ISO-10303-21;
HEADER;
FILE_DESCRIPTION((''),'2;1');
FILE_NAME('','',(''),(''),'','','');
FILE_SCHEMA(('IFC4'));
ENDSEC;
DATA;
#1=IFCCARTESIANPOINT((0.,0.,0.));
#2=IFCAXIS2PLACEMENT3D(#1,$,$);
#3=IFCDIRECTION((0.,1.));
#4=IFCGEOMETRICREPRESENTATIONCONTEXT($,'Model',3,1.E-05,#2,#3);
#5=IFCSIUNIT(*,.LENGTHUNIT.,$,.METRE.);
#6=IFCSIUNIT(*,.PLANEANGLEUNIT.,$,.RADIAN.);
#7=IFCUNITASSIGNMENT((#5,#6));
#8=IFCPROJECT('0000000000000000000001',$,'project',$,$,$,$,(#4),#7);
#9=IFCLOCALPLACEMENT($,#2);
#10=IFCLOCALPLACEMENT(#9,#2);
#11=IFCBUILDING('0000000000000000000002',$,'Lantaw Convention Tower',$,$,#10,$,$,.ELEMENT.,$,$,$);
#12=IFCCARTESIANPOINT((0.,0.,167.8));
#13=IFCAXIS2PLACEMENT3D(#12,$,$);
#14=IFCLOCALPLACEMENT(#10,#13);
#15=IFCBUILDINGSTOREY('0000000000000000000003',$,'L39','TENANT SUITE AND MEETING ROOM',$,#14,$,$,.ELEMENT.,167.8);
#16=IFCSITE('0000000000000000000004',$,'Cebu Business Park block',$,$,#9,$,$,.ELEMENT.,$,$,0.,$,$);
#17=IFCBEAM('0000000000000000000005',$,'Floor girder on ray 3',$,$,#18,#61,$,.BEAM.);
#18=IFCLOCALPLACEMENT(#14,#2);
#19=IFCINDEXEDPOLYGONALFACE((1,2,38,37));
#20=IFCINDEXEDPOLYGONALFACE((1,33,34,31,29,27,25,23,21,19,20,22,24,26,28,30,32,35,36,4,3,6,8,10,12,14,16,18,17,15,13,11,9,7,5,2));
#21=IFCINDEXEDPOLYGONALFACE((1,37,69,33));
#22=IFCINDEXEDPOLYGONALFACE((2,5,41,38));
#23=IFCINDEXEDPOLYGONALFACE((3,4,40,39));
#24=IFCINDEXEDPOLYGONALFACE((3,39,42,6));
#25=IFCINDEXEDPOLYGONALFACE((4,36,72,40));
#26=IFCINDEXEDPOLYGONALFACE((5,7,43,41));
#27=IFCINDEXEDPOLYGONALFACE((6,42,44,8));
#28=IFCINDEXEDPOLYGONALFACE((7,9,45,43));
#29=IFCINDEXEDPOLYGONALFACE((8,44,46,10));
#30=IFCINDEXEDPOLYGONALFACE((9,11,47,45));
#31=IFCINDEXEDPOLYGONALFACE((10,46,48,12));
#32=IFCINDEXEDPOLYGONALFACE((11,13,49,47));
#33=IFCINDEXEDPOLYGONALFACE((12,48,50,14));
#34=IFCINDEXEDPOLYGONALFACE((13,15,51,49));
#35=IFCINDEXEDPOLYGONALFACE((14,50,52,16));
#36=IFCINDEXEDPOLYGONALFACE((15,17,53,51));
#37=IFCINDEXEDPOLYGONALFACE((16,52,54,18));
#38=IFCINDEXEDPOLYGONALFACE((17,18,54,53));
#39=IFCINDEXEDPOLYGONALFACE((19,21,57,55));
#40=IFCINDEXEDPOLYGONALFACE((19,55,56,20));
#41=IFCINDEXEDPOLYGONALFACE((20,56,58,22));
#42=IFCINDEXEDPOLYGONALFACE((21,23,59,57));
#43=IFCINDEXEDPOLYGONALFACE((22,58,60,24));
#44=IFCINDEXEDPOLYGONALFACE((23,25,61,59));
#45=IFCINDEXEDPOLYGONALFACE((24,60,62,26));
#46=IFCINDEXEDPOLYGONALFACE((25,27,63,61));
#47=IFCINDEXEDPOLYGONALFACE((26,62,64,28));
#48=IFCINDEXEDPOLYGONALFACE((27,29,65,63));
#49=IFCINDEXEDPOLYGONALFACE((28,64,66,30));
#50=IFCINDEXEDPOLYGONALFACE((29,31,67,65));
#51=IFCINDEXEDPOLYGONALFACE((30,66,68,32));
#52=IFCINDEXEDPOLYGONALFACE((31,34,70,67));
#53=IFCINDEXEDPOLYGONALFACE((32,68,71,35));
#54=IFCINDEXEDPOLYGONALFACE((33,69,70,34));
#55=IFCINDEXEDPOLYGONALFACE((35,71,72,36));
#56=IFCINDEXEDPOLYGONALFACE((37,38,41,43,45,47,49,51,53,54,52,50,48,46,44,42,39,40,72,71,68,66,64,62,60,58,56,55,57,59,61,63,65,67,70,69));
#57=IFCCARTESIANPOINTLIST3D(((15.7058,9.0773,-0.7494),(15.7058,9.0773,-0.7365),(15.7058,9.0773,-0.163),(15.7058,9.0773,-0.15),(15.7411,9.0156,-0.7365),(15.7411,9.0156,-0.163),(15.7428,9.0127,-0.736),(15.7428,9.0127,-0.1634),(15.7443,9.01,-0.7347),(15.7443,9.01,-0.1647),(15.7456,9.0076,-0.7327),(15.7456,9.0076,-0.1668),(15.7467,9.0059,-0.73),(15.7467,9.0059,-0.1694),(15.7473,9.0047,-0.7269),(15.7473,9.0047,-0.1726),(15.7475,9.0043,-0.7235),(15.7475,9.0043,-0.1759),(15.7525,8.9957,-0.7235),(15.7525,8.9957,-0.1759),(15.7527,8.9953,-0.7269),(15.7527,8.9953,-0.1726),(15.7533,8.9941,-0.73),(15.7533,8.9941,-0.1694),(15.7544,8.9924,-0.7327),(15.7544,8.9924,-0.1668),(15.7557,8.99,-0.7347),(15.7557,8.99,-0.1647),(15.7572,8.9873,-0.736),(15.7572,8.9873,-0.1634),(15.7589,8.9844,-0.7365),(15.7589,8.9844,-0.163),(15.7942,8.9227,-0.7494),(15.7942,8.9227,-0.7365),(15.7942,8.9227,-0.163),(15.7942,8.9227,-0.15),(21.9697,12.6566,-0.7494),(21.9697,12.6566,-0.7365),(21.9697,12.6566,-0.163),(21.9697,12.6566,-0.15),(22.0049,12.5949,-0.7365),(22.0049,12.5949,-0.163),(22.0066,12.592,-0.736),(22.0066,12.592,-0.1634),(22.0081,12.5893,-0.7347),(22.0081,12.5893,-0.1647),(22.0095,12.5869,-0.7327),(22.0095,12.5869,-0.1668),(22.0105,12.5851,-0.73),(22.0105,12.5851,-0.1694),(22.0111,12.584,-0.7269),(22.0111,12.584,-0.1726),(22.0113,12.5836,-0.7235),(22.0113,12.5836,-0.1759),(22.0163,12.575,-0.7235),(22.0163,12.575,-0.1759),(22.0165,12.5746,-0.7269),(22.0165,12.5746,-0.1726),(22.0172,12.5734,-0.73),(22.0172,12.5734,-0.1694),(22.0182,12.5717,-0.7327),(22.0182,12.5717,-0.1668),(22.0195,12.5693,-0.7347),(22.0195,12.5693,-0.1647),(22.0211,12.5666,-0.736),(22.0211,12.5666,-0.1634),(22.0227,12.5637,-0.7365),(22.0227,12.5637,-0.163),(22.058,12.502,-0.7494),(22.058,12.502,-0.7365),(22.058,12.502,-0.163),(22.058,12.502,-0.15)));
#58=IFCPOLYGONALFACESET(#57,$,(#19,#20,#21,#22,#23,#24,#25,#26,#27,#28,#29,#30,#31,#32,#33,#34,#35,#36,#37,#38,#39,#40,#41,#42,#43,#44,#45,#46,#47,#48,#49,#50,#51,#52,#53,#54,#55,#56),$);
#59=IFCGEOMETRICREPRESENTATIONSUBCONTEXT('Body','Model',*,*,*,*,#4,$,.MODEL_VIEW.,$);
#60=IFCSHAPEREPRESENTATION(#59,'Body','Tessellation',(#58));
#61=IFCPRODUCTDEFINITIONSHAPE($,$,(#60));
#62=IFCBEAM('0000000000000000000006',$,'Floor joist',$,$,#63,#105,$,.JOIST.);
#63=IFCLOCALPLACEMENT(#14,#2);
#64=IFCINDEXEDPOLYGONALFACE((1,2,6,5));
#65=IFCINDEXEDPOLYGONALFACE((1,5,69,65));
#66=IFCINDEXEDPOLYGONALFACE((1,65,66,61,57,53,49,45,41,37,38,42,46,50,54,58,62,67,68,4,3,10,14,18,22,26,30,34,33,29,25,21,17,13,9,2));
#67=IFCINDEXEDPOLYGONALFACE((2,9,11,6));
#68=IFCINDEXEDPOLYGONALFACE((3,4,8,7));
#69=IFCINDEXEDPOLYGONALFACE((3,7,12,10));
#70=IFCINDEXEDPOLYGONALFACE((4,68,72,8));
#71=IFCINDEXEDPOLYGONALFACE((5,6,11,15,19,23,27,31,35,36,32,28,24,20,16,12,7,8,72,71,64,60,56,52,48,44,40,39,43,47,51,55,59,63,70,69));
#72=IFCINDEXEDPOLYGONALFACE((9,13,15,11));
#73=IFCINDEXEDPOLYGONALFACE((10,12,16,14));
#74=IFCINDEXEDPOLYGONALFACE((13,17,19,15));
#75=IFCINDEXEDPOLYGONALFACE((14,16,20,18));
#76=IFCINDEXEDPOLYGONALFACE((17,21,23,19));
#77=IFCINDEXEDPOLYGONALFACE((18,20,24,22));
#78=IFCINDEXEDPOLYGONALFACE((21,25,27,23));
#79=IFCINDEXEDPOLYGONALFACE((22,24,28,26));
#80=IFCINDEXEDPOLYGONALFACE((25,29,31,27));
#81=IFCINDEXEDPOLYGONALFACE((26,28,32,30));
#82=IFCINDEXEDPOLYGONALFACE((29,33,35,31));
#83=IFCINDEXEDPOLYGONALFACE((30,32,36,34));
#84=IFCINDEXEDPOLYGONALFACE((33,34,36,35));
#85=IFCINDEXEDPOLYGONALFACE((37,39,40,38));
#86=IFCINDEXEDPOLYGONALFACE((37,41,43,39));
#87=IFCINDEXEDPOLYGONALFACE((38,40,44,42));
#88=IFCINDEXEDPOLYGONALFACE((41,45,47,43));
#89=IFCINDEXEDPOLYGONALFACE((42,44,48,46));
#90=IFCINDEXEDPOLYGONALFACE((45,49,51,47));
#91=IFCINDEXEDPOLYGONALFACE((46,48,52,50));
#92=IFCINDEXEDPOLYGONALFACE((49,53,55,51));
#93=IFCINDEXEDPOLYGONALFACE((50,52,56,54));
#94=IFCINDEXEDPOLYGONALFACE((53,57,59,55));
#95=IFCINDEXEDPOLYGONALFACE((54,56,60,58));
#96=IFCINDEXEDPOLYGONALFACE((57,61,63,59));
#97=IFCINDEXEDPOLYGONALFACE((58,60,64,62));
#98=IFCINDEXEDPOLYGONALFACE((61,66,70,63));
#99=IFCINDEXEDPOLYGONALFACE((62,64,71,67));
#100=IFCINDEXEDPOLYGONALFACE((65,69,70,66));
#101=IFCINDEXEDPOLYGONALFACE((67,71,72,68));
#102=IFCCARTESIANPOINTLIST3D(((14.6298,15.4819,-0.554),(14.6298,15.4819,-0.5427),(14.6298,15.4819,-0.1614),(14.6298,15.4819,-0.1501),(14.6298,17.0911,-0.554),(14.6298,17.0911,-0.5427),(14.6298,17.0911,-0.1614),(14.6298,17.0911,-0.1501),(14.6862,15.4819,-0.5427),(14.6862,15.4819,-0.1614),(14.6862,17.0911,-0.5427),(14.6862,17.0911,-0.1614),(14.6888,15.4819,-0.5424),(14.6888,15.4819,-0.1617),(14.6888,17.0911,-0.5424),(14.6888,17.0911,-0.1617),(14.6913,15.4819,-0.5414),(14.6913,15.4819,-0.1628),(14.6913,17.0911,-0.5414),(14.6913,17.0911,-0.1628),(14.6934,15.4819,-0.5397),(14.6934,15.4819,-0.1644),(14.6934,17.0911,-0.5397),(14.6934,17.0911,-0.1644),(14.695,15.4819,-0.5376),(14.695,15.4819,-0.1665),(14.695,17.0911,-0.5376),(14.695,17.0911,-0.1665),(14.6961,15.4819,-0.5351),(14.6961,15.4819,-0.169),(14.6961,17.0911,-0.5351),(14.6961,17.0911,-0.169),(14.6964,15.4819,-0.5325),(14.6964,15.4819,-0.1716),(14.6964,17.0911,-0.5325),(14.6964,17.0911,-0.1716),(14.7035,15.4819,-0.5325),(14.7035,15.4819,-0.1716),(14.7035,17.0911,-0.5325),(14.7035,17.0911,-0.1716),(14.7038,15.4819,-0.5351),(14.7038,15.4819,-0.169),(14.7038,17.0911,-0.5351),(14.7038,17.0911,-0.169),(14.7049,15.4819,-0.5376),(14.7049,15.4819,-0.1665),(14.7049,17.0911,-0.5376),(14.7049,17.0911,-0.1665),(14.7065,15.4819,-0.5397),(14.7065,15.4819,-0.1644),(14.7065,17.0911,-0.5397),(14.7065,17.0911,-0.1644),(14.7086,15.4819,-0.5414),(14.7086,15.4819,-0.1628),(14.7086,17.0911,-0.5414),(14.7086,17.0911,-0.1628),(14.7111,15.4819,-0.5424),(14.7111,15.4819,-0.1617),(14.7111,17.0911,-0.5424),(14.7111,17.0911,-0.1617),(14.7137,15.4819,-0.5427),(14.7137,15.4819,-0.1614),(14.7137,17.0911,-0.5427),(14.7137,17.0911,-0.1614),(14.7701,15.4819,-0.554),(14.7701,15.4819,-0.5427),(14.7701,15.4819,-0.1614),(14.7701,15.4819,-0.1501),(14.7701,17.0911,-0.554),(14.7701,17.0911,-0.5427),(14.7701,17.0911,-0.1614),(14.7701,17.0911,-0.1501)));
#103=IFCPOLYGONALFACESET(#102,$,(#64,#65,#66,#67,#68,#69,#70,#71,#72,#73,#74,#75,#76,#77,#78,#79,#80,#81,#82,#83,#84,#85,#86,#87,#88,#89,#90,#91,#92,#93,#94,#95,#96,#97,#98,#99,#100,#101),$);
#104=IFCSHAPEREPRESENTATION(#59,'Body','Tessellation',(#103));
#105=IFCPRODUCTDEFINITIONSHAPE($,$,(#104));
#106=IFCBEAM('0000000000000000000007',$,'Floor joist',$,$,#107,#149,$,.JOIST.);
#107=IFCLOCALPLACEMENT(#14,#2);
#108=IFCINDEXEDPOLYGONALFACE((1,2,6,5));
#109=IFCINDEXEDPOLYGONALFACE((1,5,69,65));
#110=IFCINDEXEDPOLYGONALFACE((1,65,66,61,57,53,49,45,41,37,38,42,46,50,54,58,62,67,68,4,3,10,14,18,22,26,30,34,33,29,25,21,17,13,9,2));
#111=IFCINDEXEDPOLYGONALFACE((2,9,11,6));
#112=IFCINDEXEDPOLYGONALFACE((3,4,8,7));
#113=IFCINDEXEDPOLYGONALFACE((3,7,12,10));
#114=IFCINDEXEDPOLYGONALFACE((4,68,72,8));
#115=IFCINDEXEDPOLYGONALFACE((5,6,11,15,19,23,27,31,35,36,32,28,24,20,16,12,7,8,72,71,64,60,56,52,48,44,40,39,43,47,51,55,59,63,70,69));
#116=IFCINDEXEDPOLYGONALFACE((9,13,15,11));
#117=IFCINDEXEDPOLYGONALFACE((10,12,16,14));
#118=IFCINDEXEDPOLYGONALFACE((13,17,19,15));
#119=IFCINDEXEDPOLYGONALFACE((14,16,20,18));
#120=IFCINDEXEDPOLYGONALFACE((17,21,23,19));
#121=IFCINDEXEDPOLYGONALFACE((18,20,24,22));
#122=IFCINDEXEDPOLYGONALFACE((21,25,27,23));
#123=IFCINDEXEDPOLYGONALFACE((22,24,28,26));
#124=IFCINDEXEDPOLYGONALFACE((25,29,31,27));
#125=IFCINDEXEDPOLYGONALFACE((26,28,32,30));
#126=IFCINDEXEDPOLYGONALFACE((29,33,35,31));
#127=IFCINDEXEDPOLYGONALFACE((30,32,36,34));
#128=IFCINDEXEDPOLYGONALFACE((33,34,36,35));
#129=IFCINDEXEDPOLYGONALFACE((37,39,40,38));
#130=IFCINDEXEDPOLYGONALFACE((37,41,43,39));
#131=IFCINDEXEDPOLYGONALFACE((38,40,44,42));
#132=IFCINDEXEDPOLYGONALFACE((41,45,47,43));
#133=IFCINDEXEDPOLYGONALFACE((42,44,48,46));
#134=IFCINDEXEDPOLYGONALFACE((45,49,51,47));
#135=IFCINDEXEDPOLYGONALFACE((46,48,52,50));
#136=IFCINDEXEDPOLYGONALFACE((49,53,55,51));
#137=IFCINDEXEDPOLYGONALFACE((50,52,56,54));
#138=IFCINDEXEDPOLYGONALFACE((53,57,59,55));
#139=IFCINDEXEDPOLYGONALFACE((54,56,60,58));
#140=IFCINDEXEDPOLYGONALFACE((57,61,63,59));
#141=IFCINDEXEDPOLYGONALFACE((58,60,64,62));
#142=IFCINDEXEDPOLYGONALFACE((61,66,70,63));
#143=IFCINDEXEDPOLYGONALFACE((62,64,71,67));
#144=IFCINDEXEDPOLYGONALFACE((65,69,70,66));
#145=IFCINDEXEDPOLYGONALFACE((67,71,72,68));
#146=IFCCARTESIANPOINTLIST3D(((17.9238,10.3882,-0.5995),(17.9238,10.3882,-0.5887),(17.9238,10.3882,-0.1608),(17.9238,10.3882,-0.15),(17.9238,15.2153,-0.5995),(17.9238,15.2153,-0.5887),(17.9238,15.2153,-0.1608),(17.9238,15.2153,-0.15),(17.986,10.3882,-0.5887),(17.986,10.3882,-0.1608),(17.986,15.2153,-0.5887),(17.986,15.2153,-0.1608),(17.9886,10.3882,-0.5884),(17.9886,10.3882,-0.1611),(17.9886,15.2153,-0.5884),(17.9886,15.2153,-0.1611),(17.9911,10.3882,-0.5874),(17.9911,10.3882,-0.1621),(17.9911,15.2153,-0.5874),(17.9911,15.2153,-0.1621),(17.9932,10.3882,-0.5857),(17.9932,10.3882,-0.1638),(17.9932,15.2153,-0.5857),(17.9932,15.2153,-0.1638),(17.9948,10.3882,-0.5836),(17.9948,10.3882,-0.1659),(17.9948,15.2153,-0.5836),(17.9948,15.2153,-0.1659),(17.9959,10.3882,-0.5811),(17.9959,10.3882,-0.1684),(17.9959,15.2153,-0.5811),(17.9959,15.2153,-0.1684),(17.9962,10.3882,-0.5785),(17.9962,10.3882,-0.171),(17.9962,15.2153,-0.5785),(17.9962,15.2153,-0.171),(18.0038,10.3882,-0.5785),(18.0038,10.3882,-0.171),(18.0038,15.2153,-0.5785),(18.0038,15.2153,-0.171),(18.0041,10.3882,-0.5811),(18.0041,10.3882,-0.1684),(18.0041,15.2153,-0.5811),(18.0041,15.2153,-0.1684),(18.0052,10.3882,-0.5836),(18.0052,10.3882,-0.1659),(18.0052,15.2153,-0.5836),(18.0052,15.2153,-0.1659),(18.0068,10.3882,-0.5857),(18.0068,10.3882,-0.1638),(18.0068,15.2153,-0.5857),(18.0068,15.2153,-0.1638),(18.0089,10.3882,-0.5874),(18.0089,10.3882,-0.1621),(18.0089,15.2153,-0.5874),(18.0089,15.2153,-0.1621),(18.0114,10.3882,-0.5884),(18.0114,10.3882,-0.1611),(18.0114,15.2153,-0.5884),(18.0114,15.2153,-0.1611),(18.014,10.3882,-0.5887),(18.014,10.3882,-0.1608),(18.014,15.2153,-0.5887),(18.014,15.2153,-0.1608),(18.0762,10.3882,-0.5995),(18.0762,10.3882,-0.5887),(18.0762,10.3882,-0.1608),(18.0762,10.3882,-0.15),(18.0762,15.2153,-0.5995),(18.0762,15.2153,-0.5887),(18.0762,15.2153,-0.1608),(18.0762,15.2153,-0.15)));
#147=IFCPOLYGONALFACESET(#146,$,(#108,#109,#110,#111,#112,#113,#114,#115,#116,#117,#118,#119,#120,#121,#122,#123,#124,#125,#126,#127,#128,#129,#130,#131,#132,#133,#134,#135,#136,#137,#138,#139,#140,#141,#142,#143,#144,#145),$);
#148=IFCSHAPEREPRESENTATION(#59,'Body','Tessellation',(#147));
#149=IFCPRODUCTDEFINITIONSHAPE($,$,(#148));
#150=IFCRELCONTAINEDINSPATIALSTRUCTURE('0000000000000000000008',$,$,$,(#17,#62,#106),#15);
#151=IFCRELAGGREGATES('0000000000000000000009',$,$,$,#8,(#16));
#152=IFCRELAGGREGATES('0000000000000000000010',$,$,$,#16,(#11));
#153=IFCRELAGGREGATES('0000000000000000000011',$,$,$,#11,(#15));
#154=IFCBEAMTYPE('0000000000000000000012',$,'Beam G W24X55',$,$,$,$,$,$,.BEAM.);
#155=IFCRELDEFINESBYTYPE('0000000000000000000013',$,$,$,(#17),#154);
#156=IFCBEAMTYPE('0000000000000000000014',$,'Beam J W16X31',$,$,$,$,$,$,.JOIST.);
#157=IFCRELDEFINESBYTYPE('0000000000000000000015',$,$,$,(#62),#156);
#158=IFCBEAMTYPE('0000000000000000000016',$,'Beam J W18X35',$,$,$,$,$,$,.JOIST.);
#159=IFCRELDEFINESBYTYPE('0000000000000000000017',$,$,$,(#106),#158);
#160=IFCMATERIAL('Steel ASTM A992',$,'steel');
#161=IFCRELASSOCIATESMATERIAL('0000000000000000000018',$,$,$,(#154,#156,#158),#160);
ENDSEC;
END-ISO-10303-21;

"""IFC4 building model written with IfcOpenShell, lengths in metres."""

from ifc_helpers import new_model, si_unit, direction, frame, origin, origin_2d, place, context, subcontext, project, spatial, i_section, extrude, material, material_profile, profile_set, type_object, element, save


model = new_model("IFC4")

# Units and contexts
model_context = context("Model", 3, precision=1e-05, world=origin(), true_north=direction((0.0, 1.0)))
body_context = subcontext(model_context, "Body", "Model", "MODEL_VIEW")
ifc_project = project(units=[si_unit("LENGTHUNIT", "METRE"), si_unit("PLANEANGLEUNIT", "RADIAN")], contexts=[model_context])

# Site, building, storey
site_placement = place(None, origin())
site = spatial("IfcSite", under=ifc_project, at=site_placement, Name="Cebu Business Park block", CompositionType="ELEMENT", RefElevation=0.0)
building_placement = place(site_placement, origin())
building = spatial("IfcBuilding", under=site, at=building_placement, Name="Lantaw Convention Tower", CompositionType="ELEMENT")
storey_placement = place(building_placement, frame((0.0, 0.0, 167.8)))
storey = spatial("IfcBuildingStorey", under=building, at=storey_placement, Name="L39", Description="TENANT SUITE AND MEETING ROOM", CompositionType="ELEMENT", Elevation=167.8)

# Beams
ifc_material_1 = material(Name="Steel ASTM A992", Category="steel")
ifc_material_profile_1 = material_profile(ifc_material_1, i_section(OverallWidth=0.178, OverallDepth=0.5994, WebThickness=0.01, FlangeThickness=0.0129, FilletRadius=0.0129, at=origin_2d()), Name="W24X55")
ifc_profile_set_1 = profile_set([ifc_material_profile_1], Name="Steel ASTM A992")
beam_type_1 = type_object("IfcBeamType", Name="Beam G W24X55", PredefinedType="BEAM", material=ifc_profile_set_1)
beam_1_placement = place(storey_placement, frame((15.75, 9.0, -0.4497), z_axis=(0.868245, 0.496135, 0.0), x_axis=(-0.496135, 0.868245, 0.0)))
element("IfcBeam", 1, at=beam_1_placement, inside=storey, type_object=beam_type_1, Name="Floor girder on ray 3", PredefinedType="BEAM", context=body_context, shape_type="SweptSolid", body=[
    extrude(i_section(OverallWidth=0.178, OverallDepth=0.5994, WebThickness=0.01, FlangeThickness=0.0129, FilletRadius=0.0129, at=origin_2d()), origin(), (0.0, 0.0, 1.0), 7.2144),
])
ifc_material_profile_2 = material_profile(ifc_material_1, i_section(OverallWidth=0.1404, OverallDepth=0.4038, WebThickness=0.0071, FlangeThickness=0.0112, FilletRadius=0.0103, at=origin_2d()), Name="W16X31")
ifc_profile_set_2 = profile_set([ifc_material_profile_2], Name="Steel ASTM A992")
beam_type_2 = type_object("IfcBeamType", Name="Beam J W16X31", PredefinedType="JOIST", material=ifc_profile_set_2)
beam_2_placement = place(storey_placement, frame((14.7, 15.4819, -0.3521), z_axis=(0.0, 1.0, 0.0), x_axis=(-1.0, 0.0, 0.0)))
element("IfcBeam", 2, at=beam_2_placement, inside=storey, type_object=beam_type_2, Name="Floor joist", PredefinedType="JOIST", context=body_context, shape_type="SweptSolid", body=[
    extrude(i_section(OverallWidth=0.1404, OverallDepth=0.4038, WebThickness=0.0071, FlangeThickness=0.0112, FilletRadius=0.0103, at=origin_2d()), origin(), (0.0, 0.0, 1.0), 1.6091),
])
ifc_material_profile_3 = material_profile(ifc_material_1, i_section(OverallWidth=0.1523, OverallDepth=0.4495, WebThickness=0.0076, FlangeThickness=0.0107, FilletRadius=0.0103, at=origin_2d()), Name="W18X35")
ifc_profile_set_3 = profile_set([ifc_material_profile_3], Name="Steel ASTM A992")
beam_type_3 = type_object("IfcBeamType", Name="Beam J W18X35", PredefinedType="JOIST", material=ifc_profile_set_3)
beam_3_placement = place(storey_placement, frame((18.0, 10.3882, -0.3748), z_axis=(0.0, 1.0, 0.0), x_axis=(-1.0, 0.0, 0.0)))
element("IfcBeam", 3, at=beam_3_placement, inside=storey, type_object=beam_type_3, Name="Floor joist", PredefinedType="JOIST", context=body_context, shape_type="SweptSolid", body=[
    extrude(i_section(OverallWidth=0.1523, OverallDepth=0.4495, WebThickness=0.0076, FlangeThickness=0.0107, FilletRadius=0.0103, at=origin_2d()), origin(), (0.0, 0.0, 1.0), 4.8271),
])

save(model, "model.ifc")
